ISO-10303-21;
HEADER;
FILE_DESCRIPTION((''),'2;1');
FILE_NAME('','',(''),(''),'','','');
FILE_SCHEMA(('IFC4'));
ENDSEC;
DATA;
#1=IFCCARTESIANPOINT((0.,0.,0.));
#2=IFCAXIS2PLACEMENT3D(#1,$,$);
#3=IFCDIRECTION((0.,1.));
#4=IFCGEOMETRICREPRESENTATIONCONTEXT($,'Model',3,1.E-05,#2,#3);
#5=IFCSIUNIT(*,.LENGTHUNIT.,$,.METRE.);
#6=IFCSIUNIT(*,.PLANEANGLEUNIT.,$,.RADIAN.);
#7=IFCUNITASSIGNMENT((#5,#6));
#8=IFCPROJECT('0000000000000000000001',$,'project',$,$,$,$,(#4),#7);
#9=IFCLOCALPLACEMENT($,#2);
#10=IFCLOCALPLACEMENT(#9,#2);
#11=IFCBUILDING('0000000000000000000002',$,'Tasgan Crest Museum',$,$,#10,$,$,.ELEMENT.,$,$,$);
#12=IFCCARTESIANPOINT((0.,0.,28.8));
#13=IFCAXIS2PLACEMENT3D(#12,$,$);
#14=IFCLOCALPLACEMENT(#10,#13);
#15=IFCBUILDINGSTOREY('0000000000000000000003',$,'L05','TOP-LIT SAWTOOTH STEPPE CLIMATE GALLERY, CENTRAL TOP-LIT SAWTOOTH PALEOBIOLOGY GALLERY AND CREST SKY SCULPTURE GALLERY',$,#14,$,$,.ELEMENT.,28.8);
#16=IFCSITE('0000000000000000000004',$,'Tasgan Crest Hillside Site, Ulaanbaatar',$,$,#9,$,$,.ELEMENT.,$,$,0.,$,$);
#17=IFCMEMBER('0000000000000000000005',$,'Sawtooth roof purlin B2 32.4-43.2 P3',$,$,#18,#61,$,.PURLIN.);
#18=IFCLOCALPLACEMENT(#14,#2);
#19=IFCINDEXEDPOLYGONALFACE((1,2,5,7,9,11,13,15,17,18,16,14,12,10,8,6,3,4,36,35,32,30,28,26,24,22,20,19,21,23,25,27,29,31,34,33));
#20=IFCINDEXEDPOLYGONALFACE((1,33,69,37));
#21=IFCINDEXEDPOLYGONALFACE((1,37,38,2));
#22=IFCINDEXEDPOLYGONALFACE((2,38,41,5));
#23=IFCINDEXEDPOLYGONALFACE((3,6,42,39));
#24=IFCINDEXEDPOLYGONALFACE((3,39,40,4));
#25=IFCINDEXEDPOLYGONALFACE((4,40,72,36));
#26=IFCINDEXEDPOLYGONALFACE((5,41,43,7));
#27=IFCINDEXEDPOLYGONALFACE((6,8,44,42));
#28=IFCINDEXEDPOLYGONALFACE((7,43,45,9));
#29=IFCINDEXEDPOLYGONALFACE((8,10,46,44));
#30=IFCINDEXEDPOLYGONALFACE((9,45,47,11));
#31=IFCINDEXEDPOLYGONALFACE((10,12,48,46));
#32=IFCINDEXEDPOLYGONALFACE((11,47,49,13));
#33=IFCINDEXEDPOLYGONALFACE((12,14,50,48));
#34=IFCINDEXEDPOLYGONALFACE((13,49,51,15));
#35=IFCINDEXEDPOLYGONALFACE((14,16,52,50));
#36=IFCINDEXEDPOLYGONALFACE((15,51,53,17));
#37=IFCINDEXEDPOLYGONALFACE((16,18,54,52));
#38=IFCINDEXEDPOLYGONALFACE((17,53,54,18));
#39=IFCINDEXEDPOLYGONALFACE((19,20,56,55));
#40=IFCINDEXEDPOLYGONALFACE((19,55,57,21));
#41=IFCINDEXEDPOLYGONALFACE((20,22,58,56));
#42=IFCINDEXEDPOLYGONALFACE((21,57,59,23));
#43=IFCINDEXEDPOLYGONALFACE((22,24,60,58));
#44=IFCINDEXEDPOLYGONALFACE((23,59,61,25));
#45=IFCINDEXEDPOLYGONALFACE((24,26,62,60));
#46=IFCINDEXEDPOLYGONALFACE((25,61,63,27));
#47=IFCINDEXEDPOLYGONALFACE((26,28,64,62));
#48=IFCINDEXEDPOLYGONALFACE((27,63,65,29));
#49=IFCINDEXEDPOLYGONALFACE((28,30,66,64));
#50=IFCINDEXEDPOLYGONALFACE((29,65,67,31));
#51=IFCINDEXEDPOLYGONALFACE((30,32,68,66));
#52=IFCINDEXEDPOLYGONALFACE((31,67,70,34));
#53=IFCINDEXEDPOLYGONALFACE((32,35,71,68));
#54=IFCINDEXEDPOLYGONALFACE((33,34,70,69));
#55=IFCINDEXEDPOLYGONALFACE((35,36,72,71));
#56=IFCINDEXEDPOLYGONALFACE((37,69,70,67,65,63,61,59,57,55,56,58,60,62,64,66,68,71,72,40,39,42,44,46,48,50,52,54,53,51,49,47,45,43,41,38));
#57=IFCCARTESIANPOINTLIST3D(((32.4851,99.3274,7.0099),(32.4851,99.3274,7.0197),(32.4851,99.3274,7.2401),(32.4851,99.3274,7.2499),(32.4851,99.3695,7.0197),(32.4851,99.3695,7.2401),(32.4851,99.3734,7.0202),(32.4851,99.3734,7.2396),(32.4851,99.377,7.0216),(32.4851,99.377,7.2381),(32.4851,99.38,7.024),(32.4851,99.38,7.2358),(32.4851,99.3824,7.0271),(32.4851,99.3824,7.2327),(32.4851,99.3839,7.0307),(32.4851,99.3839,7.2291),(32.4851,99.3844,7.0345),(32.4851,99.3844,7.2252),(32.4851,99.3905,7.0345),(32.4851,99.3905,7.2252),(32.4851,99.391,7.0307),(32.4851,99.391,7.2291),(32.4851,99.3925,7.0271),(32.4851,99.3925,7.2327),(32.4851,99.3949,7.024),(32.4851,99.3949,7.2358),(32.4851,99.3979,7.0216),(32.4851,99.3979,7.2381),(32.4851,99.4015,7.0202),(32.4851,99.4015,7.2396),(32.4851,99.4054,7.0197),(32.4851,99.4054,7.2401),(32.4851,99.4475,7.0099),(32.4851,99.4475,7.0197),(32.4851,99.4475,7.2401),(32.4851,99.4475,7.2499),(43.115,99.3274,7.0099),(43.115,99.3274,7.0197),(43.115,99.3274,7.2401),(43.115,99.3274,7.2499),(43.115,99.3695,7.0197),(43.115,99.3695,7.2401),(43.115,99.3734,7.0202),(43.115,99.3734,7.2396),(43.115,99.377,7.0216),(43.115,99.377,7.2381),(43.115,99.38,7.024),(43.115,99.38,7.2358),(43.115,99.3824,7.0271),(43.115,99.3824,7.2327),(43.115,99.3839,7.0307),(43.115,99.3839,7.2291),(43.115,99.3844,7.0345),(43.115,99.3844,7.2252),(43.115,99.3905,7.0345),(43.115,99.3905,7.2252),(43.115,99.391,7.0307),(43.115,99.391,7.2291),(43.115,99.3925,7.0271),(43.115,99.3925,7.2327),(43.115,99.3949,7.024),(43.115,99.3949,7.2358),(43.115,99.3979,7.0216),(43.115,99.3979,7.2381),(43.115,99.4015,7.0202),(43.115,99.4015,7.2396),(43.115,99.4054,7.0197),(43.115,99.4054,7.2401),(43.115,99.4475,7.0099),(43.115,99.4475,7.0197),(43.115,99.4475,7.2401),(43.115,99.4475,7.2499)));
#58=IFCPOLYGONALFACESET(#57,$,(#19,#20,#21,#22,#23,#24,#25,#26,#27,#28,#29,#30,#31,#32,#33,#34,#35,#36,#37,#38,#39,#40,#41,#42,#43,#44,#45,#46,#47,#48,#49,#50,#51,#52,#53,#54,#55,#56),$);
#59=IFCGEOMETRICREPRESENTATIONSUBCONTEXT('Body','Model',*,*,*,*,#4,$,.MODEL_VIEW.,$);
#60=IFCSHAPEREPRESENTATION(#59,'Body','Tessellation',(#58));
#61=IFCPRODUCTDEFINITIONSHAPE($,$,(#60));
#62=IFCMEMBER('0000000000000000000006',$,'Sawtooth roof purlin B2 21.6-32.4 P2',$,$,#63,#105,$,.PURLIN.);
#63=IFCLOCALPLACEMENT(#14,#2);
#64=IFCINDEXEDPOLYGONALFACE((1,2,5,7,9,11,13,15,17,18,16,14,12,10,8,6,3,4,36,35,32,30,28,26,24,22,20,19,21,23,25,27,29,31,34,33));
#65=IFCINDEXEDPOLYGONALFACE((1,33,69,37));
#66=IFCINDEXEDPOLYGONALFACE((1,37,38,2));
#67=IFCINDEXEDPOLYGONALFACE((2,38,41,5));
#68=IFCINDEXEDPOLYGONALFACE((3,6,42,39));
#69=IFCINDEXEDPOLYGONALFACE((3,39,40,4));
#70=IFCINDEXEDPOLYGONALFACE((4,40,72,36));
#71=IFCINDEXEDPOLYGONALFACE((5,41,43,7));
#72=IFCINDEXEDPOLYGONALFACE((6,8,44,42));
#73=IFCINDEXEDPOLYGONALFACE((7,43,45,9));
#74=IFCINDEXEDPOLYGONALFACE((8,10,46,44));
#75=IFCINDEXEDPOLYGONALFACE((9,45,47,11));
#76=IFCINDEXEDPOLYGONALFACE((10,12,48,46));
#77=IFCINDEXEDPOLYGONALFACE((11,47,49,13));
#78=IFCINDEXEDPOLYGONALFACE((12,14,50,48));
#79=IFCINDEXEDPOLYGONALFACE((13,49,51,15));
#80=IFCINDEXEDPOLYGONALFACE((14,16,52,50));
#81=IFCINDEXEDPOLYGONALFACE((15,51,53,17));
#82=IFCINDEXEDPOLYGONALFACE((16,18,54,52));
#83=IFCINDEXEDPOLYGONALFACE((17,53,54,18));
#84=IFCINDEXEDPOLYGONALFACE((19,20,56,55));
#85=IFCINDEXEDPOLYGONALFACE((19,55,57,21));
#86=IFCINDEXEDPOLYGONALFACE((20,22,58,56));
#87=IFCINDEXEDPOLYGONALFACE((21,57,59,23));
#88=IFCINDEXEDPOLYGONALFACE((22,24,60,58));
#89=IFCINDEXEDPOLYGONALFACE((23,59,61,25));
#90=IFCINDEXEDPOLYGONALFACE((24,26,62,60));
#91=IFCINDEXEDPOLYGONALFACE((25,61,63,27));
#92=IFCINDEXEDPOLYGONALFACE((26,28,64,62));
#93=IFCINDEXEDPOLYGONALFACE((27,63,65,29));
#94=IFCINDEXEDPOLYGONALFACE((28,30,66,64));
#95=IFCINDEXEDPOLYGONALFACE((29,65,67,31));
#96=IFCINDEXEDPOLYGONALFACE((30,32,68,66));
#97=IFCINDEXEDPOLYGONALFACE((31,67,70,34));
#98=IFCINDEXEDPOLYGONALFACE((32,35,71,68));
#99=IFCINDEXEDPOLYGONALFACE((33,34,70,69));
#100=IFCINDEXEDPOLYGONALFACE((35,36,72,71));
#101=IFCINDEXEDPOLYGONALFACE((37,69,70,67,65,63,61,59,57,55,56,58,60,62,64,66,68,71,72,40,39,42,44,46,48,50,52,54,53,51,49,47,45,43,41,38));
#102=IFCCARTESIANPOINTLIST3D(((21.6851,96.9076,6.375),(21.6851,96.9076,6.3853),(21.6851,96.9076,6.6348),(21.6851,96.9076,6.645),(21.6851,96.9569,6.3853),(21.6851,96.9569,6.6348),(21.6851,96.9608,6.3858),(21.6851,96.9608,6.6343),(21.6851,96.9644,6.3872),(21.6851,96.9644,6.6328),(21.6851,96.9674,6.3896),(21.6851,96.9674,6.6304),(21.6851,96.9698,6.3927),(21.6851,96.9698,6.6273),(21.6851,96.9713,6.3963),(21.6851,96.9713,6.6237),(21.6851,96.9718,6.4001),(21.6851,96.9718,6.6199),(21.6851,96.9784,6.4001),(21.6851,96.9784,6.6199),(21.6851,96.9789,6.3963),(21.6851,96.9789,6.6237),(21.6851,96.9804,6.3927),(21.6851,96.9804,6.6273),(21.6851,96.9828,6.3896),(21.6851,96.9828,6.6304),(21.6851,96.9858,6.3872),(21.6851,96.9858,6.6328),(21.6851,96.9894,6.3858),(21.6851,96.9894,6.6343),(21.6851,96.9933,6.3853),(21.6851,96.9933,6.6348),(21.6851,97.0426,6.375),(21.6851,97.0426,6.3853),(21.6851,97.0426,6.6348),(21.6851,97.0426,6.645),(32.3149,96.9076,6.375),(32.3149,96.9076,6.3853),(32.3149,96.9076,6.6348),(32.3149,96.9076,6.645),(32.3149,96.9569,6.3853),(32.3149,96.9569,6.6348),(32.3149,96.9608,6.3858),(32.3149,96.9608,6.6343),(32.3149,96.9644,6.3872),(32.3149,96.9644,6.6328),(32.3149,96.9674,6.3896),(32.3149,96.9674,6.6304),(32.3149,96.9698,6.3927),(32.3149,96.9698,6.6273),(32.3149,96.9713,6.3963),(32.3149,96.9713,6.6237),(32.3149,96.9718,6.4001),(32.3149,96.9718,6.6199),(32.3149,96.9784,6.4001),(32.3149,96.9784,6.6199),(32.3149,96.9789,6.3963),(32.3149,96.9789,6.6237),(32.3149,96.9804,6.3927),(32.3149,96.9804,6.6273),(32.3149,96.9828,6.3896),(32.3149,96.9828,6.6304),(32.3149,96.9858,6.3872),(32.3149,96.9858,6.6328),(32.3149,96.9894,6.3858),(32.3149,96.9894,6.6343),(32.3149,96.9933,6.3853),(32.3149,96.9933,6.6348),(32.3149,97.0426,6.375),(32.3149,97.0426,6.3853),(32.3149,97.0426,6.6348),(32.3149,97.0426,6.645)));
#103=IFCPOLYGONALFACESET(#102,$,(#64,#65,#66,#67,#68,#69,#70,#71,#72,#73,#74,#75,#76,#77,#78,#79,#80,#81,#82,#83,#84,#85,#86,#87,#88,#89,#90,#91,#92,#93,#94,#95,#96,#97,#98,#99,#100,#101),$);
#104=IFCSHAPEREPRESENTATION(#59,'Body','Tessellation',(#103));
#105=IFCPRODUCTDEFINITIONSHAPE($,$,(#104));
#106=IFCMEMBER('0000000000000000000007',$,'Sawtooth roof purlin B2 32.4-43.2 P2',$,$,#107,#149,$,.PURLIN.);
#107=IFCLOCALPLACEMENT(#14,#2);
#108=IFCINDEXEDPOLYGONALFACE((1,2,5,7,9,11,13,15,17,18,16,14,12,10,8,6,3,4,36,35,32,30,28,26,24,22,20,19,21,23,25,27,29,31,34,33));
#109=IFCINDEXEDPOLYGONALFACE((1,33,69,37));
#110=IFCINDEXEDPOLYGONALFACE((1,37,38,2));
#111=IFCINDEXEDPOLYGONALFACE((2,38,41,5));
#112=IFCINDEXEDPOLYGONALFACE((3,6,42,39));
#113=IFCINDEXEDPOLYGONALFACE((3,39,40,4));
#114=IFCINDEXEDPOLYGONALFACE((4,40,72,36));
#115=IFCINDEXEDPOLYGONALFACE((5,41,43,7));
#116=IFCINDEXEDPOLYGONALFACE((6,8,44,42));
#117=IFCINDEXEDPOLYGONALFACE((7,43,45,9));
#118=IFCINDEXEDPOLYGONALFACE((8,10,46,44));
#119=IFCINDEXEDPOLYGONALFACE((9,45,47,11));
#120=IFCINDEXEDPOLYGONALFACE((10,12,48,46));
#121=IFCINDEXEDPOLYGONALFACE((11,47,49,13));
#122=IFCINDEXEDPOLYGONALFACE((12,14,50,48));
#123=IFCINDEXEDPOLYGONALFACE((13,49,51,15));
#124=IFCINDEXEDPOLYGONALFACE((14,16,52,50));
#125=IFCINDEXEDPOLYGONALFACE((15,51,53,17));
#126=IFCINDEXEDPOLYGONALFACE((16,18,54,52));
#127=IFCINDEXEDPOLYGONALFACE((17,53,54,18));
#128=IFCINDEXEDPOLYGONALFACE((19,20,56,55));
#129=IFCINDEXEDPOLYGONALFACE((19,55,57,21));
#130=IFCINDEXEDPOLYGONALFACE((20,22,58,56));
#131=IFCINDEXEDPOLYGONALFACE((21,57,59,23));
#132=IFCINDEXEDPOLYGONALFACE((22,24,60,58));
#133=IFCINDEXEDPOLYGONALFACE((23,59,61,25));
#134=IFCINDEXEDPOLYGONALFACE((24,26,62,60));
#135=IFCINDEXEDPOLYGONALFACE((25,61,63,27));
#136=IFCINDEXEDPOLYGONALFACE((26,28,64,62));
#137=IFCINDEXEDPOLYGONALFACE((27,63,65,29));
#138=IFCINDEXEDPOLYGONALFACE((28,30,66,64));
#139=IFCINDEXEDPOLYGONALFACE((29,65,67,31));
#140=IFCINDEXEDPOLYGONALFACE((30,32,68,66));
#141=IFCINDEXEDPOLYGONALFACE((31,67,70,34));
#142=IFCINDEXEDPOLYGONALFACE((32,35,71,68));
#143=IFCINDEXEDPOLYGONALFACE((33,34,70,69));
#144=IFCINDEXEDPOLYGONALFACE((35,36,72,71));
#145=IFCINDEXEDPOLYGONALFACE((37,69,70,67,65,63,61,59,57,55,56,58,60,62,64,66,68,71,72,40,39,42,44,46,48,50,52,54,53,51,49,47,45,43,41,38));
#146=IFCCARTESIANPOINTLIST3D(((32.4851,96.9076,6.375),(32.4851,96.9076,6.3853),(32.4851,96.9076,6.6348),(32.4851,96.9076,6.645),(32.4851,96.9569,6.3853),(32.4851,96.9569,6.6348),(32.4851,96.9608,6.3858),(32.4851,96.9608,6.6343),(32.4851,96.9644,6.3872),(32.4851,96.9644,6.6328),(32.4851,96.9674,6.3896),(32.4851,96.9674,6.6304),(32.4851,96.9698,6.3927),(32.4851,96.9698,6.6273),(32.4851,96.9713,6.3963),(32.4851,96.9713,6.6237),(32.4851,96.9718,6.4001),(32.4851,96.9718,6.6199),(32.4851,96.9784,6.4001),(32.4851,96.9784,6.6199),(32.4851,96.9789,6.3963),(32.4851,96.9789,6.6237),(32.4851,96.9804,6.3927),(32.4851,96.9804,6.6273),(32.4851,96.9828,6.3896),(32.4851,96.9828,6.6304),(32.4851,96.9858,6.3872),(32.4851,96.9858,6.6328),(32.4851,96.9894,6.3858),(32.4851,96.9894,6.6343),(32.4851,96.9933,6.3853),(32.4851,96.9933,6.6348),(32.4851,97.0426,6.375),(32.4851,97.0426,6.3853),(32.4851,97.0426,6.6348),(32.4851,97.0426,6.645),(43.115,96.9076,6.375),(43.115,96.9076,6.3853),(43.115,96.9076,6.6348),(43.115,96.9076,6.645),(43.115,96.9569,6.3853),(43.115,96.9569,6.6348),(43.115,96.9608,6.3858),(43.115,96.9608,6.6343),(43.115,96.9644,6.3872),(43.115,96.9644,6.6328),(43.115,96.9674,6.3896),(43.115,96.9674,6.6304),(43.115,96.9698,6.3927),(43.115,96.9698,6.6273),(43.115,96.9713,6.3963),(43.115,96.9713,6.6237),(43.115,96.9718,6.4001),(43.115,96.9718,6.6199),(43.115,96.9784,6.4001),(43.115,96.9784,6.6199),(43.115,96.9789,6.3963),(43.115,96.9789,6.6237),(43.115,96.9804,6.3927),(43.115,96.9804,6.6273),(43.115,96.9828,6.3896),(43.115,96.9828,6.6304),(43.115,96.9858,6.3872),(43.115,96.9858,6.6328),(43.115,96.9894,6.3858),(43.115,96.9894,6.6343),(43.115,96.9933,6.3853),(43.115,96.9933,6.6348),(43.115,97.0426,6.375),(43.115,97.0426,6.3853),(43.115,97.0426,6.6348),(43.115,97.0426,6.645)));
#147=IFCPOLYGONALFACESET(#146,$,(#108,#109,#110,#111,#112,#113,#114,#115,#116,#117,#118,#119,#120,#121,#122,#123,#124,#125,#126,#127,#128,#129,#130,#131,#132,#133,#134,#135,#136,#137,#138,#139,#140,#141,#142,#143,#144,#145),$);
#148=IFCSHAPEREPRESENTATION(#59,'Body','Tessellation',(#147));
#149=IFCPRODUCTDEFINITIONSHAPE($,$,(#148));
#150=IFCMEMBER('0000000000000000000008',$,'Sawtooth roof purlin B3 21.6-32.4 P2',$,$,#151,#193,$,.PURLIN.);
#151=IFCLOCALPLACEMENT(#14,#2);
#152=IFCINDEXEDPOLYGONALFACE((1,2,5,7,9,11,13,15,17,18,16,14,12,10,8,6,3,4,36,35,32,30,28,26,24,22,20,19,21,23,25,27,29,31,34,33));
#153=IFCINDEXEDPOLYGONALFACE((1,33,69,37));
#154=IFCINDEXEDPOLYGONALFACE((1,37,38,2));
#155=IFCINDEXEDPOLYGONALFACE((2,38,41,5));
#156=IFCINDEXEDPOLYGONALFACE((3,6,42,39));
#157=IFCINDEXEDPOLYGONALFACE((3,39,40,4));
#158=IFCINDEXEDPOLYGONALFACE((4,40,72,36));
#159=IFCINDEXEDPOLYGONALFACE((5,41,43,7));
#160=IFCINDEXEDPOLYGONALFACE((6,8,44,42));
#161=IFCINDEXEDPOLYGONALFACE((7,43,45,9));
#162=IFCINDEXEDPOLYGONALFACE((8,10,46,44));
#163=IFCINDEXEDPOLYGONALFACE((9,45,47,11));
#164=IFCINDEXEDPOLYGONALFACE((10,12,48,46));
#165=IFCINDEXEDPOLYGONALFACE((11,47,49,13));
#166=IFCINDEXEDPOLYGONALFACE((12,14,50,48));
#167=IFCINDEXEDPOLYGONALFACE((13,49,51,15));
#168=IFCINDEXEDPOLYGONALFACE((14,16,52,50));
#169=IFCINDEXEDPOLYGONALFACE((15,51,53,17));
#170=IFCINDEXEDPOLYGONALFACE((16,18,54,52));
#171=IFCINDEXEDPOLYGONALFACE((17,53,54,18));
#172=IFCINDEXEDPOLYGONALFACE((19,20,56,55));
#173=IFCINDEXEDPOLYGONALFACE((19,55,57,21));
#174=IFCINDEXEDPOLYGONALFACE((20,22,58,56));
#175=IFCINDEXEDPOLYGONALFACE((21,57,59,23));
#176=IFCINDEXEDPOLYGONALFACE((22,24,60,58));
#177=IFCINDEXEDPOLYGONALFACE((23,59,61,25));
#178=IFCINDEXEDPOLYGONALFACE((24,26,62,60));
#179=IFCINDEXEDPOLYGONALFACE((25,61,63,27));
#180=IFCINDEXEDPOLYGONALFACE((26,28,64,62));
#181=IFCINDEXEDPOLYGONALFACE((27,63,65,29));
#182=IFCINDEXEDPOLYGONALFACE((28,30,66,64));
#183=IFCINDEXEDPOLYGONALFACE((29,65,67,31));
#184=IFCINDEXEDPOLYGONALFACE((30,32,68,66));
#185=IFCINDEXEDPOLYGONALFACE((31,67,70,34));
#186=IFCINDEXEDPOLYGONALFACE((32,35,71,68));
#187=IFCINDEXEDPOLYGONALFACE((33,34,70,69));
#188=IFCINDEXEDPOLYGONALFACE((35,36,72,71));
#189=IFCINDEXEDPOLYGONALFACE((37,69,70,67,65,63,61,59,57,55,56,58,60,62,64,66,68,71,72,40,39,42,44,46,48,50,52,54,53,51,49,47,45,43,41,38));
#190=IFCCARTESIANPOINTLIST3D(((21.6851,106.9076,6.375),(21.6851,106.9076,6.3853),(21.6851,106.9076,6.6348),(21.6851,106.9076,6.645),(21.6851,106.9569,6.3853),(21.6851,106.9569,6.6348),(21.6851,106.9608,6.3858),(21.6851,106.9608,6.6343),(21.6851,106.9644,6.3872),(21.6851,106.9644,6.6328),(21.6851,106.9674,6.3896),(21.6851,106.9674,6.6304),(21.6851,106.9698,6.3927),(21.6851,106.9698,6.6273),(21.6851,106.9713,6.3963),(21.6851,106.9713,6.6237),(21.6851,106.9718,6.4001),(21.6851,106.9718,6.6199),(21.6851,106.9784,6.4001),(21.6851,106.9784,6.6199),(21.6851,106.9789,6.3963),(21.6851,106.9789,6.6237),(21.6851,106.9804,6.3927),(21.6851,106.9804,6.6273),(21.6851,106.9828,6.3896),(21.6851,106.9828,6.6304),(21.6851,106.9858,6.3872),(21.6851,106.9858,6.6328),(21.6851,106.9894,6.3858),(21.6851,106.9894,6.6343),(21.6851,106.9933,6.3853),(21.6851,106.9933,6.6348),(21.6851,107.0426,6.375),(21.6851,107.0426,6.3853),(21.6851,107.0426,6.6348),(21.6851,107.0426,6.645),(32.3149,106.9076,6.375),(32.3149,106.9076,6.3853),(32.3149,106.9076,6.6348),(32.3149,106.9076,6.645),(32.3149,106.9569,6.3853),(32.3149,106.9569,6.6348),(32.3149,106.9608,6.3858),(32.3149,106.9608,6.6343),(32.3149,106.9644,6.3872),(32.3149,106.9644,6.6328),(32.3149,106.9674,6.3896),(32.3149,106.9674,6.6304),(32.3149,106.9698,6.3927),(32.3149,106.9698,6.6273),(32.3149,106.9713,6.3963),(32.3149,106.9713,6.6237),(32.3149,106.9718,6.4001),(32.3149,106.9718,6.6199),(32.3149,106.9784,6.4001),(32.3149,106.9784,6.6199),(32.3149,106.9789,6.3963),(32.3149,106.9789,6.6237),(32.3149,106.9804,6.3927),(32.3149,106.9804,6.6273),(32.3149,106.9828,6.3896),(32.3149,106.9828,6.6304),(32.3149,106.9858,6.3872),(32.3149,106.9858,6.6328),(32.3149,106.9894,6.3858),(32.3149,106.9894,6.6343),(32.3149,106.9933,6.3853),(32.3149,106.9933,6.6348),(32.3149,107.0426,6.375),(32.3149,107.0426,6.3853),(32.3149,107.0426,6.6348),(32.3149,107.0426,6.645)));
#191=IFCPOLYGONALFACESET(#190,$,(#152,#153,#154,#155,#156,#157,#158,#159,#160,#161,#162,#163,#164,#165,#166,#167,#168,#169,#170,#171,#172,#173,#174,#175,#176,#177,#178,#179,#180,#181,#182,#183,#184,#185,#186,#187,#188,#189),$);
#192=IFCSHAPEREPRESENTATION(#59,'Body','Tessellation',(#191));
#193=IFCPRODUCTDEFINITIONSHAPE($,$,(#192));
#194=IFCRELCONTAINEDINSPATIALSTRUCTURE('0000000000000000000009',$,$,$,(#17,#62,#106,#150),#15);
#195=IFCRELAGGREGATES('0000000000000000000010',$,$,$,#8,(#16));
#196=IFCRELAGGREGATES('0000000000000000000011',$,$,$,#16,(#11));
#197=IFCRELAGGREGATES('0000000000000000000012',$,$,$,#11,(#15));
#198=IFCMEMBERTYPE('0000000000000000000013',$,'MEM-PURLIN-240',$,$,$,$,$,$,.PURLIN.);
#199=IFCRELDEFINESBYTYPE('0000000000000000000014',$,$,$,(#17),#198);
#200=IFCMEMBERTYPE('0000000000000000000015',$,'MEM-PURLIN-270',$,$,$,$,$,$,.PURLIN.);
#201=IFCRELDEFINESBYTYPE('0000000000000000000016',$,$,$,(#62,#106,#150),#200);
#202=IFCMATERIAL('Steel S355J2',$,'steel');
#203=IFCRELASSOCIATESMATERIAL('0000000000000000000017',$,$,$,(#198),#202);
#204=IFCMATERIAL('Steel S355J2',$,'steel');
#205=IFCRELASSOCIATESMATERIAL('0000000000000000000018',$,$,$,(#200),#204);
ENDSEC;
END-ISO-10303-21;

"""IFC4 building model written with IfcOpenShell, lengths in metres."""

from ifc_helpers import new_model, si_unit, direction, frame, origin, origin_2d, place, context, subcontext, project, spatial, i_section, extrude, material, material_profile, profile_set, type_object, element, save


model = new_model("IFC4")

# Units and contexts
model_context = context("Model", 3, precision=1e-05, world=origin(), true_north=direction((0.0, 1.0)))
body_context = subcontext(model_context, "Body", "Model", "MODEL_VIEW")
ifc_project = project(units=[si_unit("LENGTHUNIT", "METRE"), si_unit("PLANEANGLEUNIT", "RADIAN")], contexts=[model_context])

# Site, building, storey
site_placement = place(None, origin())
site = spatial("IfcSite", under=ifc_project, at=site_placement, Name="Tasgan Crest Hillside Site, Ulaanbaatar", CompositionType="ELEMENT", RefElevation=0.0)
building_placement = place(site_placement, origin())
building = spatial("IfcBuilding", under=site, at=building_placement, Name="Tasgan Crest Museum", CompositionType="ELEMENT")
storey_placement = place(building_placement, frame((0.0, 0.0, 28.8)))
storey = spatial("IfcBuildingStorey", under=building, at=storey_placement, Name="L05", Description="TOP-LIT SAWTOOTH STEPPE CLIMATE GALLERY, CENTRAL TOP-LIT SAWTOOTH PALEOBIOLOGY GALLERY AND CREST SKY SCULPTURE GALLERY", CompositionType="ELEMENT", Elevation=28.8)

# Members
ifc_material_1 = material(Name="Steel S355J2", Category="steel")
ifc_material_profile_1 = material_profile(ifc_material_1, i_section(OverallWidth=0.1201, OverallDepth=0.24, WebThickness=0.0061, FlangeThickness=0.0098, FilletRadius=0.0149, at=origin_2d()), Name="IPE 240")
ifc_profile_set_1 = profile_set([ifc_material_profile_1], Name="Steel S355J2")
member_type_1 = type_object("IfcMemberType", Name="MEM-PURLIN-240", PredefinedType="PURLIN", material=ifc_profile_set_1)
for number, where, z_axis, x_axis, name in (
    (1, (32.4851, 99.3875, 7.1299), (1.0, 0.0, 0.0), (0.0, 1.0, 0.0), "Sawtooth roof purlin B2 32.4-43.2 P3"),
):
    element("IfcMember", number, at=place(storey_placement, frame(where, z_axis=z_axis, x_axis=x_axis)), inside=storey, type_object=member_type_1, Name=name, PredefinedType="PURLIN", context=body_context, shape_type="SweptSolid", body=[
        extrude(i_section(OverallWidth=0.1201, OverallDepth=0.24, WebThickness=0.0061, FlangeThickness=0.0098, FilletRadius=0.0149, at=origin_2d()), origin(), (0.0, 0.0, 1.0), 10.6299),
    ])
ifc_material_2 = material(Name="Steel S355J2", Category="steel")
ifc_material_profile_2 = material_profile(ifc_material_2, i_section(OverallWidth=0.135, OverallDepth=0.27, WebThickness=0.0066, FlangeThickness=0.0103, FilletRadius=0.0149, at=origin_2d()), Name="IPE 270")
ifc_profile_set_2 = profile_set([ifc_material_profile_2], Name="Steel S355J2")
member_type_2 = type_object("IfcMemberType", Name="MEM-PURLIN-270", PredefinedType="PURLIN", material=ifc_profile_set_2)
for number, where, z_axis, x_axis, name in (
    (2, (21.6851, 96.9751, 6.51), (1.0, 0.0, 0.0), (0.0, 1.0, 0.0), "Sawtooth roof purlin B2 21.6-32.4 P2"),
    (3, (32.4851, 96.9751, 6.51), (1.0, 0.0, 0.0), (0.0, 1.0, 0.0), "Sawtooth roof purlin B2 32.4-43.2 P2"),
    (4, (21.6851, 106.9751, 6.51), (1.0, 0.0, 0.0), (0.0, 1.0, 0.0), "Sawtooth roof purlin B3 21.6-32.4 P2"),
):
    element("IfcMember", number, at=place(storey_placement, frame(where, z_axis=z_axis, x_axis=x_axis)), inside=storey, type_object=member_type_2, Name=name, PredefinedType="PURLIN", context=body_context, shape_type="SweptSolid", body=[
        extrude(i_section(OverallWidth=0.135, OverallDepth=0.27, WebThickness=0.0066, FlangeThickness=0.0103, FilletRadius=0.0149, at=origin_2d()), origin(), (0.0, 0.0, 1.0), 10.6299),
    ])

save(model, "model.ifc")
